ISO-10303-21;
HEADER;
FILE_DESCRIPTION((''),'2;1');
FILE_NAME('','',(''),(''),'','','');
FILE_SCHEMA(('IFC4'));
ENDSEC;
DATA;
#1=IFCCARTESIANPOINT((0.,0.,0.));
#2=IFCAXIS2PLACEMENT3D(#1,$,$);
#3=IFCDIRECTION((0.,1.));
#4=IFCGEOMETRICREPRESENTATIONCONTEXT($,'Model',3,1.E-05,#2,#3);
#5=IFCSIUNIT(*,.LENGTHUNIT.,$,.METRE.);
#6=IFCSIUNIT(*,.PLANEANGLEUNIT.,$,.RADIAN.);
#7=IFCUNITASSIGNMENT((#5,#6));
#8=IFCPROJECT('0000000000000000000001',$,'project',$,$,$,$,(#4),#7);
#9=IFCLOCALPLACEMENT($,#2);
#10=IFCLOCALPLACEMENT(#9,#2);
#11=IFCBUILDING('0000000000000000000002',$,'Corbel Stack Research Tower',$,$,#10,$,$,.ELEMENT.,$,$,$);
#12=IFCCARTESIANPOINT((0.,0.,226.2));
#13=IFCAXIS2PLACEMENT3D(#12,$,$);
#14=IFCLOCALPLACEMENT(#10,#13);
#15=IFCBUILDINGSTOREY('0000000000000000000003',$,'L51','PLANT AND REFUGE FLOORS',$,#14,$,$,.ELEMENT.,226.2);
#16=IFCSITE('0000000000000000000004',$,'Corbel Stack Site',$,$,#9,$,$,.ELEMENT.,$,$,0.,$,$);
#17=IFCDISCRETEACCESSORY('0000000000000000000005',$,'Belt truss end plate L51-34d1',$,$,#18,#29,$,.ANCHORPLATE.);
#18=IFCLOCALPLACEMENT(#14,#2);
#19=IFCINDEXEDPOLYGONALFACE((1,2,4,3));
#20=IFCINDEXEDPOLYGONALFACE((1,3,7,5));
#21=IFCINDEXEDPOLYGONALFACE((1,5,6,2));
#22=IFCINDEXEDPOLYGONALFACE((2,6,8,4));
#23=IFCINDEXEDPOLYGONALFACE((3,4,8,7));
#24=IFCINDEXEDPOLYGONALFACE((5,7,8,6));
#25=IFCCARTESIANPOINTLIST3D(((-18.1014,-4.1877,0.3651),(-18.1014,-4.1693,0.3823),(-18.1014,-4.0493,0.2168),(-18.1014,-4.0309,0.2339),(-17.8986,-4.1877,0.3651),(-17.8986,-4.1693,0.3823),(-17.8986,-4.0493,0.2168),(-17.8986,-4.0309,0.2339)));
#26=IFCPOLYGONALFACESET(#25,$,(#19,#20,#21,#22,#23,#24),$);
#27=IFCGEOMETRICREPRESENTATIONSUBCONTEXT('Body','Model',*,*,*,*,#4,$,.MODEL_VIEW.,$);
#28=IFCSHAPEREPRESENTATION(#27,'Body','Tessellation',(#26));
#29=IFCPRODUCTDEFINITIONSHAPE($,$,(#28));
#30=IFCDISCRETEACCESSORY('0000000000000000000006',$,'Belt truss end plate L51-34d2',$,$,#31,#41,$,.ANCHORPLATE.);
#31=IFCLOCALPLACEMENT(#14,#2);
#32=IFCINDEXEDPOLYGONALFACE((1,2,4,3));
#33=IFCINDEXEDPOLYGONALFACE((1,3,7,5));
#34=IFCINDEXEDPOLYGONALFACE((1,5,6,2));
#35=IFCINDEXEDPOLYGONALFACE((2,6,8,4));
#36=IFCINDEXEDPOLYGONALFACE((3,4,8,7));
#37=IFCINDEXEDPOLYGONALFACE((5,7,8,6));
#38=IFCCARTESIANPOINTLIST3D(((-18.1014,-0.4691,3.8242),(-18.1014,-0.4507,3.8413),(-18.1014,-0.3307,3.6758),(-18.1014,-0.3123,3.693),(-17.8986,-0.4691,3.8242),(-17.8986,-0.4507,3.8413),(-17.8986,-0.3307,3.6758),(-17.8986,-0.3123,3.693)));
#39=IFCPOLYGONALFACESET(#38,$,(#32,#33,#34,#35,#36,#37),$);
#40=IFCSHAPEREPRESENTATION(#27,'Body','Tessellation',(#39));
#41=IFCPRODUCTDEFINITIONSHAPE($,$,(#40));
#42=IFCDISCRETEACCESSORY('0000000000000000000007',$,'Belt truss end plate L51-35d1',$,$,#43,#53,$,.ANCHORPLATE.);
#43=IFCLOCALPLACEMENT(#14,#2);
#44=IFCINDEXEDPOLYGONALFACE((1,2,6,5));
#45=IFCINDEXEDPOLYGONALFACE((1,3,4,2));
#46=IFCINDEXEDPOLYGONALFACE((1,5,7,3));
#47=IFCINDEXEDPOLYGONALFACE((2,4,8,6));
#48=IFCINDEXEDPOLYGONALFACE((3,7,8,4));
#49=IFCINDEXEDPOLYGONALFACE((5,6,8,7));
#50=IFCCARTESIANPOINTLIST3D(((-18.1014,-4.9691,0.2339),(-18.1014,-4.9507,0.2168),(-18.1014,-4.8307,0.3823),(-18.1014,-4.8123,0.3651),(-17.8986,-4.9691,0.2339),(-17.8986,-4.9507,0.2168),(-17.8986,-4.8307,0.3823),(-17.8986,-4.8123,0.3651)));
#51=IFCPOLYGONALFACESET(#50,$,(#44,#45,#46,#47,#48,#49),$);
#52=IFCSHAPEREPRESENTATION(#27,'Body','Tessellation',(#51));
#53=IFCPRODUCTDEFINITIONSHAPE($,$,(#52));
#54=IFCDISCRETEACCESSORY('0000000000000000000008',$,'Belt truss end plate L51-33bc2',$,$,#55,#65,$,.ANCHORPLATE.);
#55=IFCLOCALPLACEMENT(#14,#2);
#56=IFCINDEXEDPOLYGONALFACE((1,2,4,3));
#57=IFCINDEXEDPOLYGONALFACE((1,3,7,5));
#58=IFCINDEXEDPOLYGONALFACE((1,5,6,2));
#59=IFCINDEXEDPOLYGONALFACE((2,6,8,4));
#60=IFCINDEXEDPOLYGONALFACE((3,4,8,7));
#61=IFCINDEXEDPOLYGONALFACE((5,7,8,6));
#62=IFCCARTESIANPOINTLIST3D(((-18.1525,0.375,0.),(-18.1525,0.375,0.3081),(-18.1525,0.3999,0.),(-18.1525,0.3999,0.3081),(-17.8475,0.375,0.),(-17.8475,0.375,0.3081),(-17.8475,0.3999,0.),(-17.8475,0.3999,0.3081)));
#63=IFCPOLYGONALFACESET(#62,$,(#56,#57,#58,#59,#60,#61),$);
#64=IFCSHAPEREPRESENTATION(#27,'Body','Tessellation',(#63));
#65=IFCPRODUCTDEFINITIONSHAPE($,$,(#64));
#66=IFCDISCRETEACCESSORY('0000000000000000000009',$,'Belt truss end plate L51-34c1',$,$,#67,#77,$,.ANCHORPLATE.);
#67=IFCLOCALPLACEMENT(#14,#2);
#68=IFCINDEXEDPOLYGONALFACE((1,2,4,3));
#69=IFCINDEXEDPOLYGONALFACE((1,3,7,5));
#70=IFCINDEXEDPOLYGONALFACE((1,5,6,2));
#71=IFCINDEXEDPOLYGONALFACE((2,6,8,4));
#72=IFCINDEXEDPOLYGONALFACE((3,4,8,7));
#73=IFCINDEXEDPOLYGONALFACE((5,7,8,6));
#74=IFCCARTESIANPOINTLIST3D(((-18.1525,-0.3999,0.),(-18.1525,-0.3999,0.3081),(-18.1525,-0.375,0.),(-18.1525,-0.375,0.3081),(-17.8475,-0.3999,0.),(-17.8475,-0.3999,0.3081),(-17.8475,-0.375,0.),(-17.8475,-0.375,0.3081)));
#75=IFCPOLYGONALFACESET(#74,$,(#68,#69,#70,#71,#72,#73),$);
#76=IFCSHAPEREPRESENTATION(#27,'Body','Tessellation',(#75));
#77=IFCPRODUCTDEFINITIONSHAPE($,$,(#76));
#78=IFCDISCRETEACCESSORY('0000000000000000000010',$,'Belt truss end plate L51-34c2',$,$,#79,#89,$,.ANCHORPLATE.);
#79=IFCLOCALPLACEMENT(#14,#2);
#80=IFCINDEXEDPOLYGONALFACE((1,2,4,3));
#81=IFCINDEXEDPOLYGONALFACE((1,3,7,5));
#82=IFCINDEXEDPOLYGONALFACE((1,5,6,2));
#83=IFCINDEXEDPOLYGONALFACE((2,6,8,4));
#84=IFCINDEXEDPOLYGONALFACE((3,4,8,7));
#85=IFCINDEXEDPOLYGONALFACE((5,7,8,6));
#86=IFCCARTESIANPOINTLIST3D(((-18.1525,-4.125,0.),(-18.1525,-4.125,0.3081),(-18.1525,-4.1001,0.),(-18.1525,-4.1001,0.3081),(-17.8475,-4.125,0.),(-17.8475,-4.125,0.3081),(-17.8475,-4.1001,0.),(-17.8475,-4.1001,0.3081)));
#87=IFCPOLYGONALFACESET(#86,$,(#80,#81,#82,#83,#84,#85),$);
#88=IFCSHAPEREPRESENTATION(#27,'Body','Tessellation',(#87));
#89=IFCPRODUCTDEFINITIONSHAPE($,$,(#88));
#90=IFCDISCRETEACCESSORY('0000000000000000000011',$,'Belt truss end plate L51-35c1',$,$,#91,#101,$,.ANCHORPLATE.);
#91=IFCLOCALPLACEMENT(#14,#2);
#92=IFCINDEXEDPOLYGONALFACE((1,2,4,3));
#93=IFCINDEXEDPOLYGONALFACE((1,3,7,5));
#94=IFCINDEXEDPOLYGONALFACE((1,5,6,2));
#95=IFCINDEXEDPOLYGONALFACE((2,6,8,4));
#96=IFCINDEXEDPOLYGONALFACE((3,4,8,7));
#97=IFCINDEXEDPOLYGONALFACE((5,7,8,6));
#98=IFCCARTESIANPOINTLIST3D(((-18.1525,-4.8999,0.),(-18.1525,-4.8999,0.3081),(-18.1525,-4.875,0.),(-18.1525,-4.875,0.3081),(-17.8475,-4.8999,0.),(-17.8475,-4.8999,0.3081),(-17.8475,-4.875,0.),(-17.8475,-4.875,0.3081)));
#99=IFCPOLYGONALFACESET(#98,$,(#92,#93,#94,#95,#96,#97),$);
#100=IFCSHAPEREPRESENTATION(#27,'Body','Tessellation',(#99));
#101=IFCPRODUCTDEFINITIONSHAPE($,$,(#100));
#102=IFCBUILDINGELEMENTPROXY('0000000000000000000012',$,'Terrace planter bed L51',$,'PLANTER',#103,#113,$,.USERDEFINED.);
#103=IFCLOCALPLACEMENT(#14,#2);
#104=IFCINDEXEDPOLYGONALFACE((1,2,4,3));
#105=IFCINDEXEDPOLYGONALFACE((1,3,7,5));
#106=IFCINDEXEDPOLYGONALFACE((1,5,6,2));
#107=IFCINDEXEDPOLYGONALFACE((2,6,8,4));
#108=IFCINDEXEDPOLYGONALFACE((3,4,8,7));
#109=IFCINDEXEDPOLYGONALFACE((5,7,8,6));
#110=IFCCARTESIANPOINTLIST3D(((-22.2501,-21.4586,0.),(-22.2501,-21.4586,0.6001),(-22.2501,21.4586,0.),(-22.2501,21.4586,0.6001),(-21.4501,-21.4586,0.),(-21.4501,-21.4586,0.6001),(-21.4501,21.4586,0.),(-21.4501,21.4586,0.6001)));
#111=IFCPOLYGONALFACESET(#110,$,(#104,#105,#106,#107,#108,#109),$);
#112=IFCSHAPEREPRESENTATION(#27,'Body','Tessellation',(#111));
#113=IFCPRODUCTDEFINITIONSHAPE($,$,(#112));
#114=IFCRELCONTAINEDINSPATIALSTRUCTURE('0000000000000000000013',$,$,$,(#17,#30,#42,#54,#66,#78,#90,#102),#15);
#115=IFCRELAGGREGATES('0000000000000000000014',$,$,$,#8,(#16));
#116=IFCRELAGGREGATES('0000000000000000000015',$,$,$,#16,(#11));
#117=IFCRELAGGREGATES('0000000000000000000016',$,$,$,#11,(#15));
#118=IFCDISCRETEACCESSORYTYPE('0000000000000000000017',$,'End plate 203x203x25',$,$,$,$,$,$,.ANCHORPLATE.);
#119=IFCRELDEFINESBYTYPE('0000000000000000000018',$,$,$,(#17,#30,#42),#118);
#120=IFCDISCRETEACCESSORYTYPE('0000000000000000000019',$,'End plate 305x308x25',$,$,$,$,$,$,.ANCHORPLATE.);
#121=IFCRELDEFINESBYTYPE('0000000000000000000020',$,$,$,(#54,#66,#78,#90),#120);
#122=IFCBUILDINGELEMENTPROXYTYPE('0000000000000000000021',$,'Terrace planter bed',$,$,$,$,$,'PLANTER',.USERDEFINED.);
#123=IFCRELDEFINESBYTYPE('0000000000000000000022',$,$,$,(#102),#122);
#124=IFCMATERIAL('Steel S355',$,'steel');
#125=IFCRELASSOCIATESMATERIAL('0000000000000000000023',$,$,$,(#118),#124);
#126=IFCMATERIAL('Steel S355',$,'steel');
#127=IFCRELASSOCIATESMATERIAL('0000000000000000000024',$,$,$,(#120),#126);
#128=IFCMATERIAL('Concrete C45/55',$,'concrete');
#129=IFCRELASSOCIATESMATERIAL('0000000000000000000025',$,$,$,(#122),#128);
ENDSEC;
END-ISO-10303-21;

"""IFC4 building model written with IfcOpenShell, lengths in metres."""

from ifc_helpers import new_model, si_unit, direction, frame, origin, origin_2d, place, context, subcontext, project, spatial, rectangle, extrude, material, material_profile, profile_set, type_object, element, save


model = new_model("IFC4")

# Units and contexts
model_context = context("Model", 3, precision=1e-05, world=origin(), true_north=direction((0.0, 1.0)))
body_context = subcontext(model_context, "Body", "Model", "MODEL_VIEW")
ifc_project = project(units=[si_unit("LENGTHUNIT", "METRE"), si_unit("PLANEANGLEUNIT", "RADIAN")], contexts=[model_context])

# Site, building, storey
site_placement = place(None, origin())
site = spatial("IfcSite", under=ifc_project, at=site_placement, Name="Corbel Stack Site", CompositionType="ELEMENT", RefElevation=0.0)
building_placement = place(site_placement, origin())
building = spatial("IfcBuilding", under=site, at=building_placement, Name="Corbel Stack Research Tower", CompositionType="ELEMENT")
storey_placement = place(building_placement, frame((0.0, 0.0, 226.2)))
storey = spatial("IfcBuildingStorey", under=building, at=storey_placement, Name="L51", Description="PLANT AND REFUGE FLOORS", CompositionType="ELEMENT", Elevation=226.2)

# Discrete accessories
ifc_material_1 = material(Name="Steel S355", Category="steel")
ifc_material_profile_1 = material_profile(ifc_material_1, rectangle(XDim=0.2029, YDim=0.2029, at=origin_2d()), Name="End plate 203x203x25")
ifc_profile_set_1 = profile_set([ifc_material_profile_1], Name="Steel S355")
discrete_accessory_type_1 = type_object("IfcDiscreteAccessoryType", Name="End plate 203x203x25", PredefinedType="ANCHORPLATE", material=ifc_profile_set_1)
for number, where, z_axis, x_axis, name in (
    (1, (-18.0, -4.1001, 0.3081), (0.0, -0.731055, -0.682318), (1.0, 0.0, 0.0), "Belt truss end plate L51-34d1"),
    (2, (-18.0, -0.3999, 3.75), (0.0, 0.731055, 0.682318), (-1.0, 0.0, 0.0), "Belt truss end plate L51-34d2"),
    (3, (-18.0, -4.8999, 0.3081), (0.0, 0.731055, -0.682318), (-1.0, 0.0, 0.0), "Belt truss end plate L51-35d1"),
):
    element("IfcDiscreteAccessory", number, at=place(storey_placement, frame(where, z_axis=z_axis, x_axis=x_axis)), inside=storey, type_object=discrete_accessory_type_1, Name=name, PredefinedType="ANCHORPLATE", context=body_context, shape_type="SweptSolid", body=[
        extrude(rectangle(XDim=0.2029, YDim=0.2029, at=origin_2d()), origin(), (0.0, 0.0, 1.0), 0.0251),
    ])
ifc_material_2 = material(Name="Steel S355", Category="steel")
ifc_material_profile_2 = material_profile(ifc_material_2, rectangle(XDim=0.3049, YDim=0.3081, at=origin_2d()), Name="End plate 305x308x25")
ifc_profile_set_2 = profile_set([ifc_material_profile_2], Name="Steel S355")
discrete_accessory_type_2 = type_object("IfcDiscreteAccessoryType", Name="End plate 305x308x25", PredefinedType="ANCHORPLATE", material=ifc_profile_set_2)
for number, where, z_axis, x_axis, name in (
    (4, (-18.0, 0.3999, 0.1541), (0.0, -1.0, 0.0), (1.0, 0.0, 0.0), "Belt truss end plate L51-33bc2"),
    (5, (-18.0, -0.3999, 0.1541), (0.0, 1.0, 0.0), (-1.0, 0.0, 0.0), "Belt truss end plate L51-34c1"),
    (6, (-18.0, -4.1001, 0.1541), (0.0, -1.0, 0.0), (1.0, 0.0, 0.0), "Belt truss end plate L51-34c2"),
    (7, (-18.0, -4.8999, 0.1541), (0.0, 1.0, 0.0), (-1.0, 0.0, 0.0), "Belt truss end plate L51-35c1"),
):
    element("IfcDiscreteAccessory", number, at=place(storey_placement, frame(where, z_axis=z_axis, x_axis=x_axis)), inside=storey, type_object=discrete_accessory_type_2, Name=name, PredefinedType="ANCHORPLATE", context=body_context, shape_type="SweptSolid", body=[
        extrude(rectangle(XDim=0.3049, YDim=0.3081, at=origin_2d()), origin(), (0.0, 0.0, 1.0), 0.0249),
    ])

# Building element proxy
ifc_material_3 = material(Name="Concrete C45/55", Category="concrete")
building_element_proxy_type = type_object("IfcBuildingElementProxyType", Name="Terrace planter bed", ElementType="PLANTER", PredefinedType="USERDEFINED", material=ifc_material_3)
proxy_placement = place(storey_placement, frame((-21.8501, 0.0, 0.0), z_axis=(0.0, 0.0, 1.0), x_axis=(0.0, 1.0, 0.0)))
element("IfcBuildingElementProxy", 8, at=proxy_placement, inside=storey, type_object=building_element_proxy_type, Name="Terrace planter bed L51", ObjectType="PLANTER", PredefinedType="USERDEFINED", context=body_context, shape_type="SweptSolid", body=[
    extrude(rectangle(XDim=42.9172, YDim=0.8, at=origin_2d()), origin(), (0.0, 0.0, 1.0), 0.6001),
])

save(model, "model.ifc")
